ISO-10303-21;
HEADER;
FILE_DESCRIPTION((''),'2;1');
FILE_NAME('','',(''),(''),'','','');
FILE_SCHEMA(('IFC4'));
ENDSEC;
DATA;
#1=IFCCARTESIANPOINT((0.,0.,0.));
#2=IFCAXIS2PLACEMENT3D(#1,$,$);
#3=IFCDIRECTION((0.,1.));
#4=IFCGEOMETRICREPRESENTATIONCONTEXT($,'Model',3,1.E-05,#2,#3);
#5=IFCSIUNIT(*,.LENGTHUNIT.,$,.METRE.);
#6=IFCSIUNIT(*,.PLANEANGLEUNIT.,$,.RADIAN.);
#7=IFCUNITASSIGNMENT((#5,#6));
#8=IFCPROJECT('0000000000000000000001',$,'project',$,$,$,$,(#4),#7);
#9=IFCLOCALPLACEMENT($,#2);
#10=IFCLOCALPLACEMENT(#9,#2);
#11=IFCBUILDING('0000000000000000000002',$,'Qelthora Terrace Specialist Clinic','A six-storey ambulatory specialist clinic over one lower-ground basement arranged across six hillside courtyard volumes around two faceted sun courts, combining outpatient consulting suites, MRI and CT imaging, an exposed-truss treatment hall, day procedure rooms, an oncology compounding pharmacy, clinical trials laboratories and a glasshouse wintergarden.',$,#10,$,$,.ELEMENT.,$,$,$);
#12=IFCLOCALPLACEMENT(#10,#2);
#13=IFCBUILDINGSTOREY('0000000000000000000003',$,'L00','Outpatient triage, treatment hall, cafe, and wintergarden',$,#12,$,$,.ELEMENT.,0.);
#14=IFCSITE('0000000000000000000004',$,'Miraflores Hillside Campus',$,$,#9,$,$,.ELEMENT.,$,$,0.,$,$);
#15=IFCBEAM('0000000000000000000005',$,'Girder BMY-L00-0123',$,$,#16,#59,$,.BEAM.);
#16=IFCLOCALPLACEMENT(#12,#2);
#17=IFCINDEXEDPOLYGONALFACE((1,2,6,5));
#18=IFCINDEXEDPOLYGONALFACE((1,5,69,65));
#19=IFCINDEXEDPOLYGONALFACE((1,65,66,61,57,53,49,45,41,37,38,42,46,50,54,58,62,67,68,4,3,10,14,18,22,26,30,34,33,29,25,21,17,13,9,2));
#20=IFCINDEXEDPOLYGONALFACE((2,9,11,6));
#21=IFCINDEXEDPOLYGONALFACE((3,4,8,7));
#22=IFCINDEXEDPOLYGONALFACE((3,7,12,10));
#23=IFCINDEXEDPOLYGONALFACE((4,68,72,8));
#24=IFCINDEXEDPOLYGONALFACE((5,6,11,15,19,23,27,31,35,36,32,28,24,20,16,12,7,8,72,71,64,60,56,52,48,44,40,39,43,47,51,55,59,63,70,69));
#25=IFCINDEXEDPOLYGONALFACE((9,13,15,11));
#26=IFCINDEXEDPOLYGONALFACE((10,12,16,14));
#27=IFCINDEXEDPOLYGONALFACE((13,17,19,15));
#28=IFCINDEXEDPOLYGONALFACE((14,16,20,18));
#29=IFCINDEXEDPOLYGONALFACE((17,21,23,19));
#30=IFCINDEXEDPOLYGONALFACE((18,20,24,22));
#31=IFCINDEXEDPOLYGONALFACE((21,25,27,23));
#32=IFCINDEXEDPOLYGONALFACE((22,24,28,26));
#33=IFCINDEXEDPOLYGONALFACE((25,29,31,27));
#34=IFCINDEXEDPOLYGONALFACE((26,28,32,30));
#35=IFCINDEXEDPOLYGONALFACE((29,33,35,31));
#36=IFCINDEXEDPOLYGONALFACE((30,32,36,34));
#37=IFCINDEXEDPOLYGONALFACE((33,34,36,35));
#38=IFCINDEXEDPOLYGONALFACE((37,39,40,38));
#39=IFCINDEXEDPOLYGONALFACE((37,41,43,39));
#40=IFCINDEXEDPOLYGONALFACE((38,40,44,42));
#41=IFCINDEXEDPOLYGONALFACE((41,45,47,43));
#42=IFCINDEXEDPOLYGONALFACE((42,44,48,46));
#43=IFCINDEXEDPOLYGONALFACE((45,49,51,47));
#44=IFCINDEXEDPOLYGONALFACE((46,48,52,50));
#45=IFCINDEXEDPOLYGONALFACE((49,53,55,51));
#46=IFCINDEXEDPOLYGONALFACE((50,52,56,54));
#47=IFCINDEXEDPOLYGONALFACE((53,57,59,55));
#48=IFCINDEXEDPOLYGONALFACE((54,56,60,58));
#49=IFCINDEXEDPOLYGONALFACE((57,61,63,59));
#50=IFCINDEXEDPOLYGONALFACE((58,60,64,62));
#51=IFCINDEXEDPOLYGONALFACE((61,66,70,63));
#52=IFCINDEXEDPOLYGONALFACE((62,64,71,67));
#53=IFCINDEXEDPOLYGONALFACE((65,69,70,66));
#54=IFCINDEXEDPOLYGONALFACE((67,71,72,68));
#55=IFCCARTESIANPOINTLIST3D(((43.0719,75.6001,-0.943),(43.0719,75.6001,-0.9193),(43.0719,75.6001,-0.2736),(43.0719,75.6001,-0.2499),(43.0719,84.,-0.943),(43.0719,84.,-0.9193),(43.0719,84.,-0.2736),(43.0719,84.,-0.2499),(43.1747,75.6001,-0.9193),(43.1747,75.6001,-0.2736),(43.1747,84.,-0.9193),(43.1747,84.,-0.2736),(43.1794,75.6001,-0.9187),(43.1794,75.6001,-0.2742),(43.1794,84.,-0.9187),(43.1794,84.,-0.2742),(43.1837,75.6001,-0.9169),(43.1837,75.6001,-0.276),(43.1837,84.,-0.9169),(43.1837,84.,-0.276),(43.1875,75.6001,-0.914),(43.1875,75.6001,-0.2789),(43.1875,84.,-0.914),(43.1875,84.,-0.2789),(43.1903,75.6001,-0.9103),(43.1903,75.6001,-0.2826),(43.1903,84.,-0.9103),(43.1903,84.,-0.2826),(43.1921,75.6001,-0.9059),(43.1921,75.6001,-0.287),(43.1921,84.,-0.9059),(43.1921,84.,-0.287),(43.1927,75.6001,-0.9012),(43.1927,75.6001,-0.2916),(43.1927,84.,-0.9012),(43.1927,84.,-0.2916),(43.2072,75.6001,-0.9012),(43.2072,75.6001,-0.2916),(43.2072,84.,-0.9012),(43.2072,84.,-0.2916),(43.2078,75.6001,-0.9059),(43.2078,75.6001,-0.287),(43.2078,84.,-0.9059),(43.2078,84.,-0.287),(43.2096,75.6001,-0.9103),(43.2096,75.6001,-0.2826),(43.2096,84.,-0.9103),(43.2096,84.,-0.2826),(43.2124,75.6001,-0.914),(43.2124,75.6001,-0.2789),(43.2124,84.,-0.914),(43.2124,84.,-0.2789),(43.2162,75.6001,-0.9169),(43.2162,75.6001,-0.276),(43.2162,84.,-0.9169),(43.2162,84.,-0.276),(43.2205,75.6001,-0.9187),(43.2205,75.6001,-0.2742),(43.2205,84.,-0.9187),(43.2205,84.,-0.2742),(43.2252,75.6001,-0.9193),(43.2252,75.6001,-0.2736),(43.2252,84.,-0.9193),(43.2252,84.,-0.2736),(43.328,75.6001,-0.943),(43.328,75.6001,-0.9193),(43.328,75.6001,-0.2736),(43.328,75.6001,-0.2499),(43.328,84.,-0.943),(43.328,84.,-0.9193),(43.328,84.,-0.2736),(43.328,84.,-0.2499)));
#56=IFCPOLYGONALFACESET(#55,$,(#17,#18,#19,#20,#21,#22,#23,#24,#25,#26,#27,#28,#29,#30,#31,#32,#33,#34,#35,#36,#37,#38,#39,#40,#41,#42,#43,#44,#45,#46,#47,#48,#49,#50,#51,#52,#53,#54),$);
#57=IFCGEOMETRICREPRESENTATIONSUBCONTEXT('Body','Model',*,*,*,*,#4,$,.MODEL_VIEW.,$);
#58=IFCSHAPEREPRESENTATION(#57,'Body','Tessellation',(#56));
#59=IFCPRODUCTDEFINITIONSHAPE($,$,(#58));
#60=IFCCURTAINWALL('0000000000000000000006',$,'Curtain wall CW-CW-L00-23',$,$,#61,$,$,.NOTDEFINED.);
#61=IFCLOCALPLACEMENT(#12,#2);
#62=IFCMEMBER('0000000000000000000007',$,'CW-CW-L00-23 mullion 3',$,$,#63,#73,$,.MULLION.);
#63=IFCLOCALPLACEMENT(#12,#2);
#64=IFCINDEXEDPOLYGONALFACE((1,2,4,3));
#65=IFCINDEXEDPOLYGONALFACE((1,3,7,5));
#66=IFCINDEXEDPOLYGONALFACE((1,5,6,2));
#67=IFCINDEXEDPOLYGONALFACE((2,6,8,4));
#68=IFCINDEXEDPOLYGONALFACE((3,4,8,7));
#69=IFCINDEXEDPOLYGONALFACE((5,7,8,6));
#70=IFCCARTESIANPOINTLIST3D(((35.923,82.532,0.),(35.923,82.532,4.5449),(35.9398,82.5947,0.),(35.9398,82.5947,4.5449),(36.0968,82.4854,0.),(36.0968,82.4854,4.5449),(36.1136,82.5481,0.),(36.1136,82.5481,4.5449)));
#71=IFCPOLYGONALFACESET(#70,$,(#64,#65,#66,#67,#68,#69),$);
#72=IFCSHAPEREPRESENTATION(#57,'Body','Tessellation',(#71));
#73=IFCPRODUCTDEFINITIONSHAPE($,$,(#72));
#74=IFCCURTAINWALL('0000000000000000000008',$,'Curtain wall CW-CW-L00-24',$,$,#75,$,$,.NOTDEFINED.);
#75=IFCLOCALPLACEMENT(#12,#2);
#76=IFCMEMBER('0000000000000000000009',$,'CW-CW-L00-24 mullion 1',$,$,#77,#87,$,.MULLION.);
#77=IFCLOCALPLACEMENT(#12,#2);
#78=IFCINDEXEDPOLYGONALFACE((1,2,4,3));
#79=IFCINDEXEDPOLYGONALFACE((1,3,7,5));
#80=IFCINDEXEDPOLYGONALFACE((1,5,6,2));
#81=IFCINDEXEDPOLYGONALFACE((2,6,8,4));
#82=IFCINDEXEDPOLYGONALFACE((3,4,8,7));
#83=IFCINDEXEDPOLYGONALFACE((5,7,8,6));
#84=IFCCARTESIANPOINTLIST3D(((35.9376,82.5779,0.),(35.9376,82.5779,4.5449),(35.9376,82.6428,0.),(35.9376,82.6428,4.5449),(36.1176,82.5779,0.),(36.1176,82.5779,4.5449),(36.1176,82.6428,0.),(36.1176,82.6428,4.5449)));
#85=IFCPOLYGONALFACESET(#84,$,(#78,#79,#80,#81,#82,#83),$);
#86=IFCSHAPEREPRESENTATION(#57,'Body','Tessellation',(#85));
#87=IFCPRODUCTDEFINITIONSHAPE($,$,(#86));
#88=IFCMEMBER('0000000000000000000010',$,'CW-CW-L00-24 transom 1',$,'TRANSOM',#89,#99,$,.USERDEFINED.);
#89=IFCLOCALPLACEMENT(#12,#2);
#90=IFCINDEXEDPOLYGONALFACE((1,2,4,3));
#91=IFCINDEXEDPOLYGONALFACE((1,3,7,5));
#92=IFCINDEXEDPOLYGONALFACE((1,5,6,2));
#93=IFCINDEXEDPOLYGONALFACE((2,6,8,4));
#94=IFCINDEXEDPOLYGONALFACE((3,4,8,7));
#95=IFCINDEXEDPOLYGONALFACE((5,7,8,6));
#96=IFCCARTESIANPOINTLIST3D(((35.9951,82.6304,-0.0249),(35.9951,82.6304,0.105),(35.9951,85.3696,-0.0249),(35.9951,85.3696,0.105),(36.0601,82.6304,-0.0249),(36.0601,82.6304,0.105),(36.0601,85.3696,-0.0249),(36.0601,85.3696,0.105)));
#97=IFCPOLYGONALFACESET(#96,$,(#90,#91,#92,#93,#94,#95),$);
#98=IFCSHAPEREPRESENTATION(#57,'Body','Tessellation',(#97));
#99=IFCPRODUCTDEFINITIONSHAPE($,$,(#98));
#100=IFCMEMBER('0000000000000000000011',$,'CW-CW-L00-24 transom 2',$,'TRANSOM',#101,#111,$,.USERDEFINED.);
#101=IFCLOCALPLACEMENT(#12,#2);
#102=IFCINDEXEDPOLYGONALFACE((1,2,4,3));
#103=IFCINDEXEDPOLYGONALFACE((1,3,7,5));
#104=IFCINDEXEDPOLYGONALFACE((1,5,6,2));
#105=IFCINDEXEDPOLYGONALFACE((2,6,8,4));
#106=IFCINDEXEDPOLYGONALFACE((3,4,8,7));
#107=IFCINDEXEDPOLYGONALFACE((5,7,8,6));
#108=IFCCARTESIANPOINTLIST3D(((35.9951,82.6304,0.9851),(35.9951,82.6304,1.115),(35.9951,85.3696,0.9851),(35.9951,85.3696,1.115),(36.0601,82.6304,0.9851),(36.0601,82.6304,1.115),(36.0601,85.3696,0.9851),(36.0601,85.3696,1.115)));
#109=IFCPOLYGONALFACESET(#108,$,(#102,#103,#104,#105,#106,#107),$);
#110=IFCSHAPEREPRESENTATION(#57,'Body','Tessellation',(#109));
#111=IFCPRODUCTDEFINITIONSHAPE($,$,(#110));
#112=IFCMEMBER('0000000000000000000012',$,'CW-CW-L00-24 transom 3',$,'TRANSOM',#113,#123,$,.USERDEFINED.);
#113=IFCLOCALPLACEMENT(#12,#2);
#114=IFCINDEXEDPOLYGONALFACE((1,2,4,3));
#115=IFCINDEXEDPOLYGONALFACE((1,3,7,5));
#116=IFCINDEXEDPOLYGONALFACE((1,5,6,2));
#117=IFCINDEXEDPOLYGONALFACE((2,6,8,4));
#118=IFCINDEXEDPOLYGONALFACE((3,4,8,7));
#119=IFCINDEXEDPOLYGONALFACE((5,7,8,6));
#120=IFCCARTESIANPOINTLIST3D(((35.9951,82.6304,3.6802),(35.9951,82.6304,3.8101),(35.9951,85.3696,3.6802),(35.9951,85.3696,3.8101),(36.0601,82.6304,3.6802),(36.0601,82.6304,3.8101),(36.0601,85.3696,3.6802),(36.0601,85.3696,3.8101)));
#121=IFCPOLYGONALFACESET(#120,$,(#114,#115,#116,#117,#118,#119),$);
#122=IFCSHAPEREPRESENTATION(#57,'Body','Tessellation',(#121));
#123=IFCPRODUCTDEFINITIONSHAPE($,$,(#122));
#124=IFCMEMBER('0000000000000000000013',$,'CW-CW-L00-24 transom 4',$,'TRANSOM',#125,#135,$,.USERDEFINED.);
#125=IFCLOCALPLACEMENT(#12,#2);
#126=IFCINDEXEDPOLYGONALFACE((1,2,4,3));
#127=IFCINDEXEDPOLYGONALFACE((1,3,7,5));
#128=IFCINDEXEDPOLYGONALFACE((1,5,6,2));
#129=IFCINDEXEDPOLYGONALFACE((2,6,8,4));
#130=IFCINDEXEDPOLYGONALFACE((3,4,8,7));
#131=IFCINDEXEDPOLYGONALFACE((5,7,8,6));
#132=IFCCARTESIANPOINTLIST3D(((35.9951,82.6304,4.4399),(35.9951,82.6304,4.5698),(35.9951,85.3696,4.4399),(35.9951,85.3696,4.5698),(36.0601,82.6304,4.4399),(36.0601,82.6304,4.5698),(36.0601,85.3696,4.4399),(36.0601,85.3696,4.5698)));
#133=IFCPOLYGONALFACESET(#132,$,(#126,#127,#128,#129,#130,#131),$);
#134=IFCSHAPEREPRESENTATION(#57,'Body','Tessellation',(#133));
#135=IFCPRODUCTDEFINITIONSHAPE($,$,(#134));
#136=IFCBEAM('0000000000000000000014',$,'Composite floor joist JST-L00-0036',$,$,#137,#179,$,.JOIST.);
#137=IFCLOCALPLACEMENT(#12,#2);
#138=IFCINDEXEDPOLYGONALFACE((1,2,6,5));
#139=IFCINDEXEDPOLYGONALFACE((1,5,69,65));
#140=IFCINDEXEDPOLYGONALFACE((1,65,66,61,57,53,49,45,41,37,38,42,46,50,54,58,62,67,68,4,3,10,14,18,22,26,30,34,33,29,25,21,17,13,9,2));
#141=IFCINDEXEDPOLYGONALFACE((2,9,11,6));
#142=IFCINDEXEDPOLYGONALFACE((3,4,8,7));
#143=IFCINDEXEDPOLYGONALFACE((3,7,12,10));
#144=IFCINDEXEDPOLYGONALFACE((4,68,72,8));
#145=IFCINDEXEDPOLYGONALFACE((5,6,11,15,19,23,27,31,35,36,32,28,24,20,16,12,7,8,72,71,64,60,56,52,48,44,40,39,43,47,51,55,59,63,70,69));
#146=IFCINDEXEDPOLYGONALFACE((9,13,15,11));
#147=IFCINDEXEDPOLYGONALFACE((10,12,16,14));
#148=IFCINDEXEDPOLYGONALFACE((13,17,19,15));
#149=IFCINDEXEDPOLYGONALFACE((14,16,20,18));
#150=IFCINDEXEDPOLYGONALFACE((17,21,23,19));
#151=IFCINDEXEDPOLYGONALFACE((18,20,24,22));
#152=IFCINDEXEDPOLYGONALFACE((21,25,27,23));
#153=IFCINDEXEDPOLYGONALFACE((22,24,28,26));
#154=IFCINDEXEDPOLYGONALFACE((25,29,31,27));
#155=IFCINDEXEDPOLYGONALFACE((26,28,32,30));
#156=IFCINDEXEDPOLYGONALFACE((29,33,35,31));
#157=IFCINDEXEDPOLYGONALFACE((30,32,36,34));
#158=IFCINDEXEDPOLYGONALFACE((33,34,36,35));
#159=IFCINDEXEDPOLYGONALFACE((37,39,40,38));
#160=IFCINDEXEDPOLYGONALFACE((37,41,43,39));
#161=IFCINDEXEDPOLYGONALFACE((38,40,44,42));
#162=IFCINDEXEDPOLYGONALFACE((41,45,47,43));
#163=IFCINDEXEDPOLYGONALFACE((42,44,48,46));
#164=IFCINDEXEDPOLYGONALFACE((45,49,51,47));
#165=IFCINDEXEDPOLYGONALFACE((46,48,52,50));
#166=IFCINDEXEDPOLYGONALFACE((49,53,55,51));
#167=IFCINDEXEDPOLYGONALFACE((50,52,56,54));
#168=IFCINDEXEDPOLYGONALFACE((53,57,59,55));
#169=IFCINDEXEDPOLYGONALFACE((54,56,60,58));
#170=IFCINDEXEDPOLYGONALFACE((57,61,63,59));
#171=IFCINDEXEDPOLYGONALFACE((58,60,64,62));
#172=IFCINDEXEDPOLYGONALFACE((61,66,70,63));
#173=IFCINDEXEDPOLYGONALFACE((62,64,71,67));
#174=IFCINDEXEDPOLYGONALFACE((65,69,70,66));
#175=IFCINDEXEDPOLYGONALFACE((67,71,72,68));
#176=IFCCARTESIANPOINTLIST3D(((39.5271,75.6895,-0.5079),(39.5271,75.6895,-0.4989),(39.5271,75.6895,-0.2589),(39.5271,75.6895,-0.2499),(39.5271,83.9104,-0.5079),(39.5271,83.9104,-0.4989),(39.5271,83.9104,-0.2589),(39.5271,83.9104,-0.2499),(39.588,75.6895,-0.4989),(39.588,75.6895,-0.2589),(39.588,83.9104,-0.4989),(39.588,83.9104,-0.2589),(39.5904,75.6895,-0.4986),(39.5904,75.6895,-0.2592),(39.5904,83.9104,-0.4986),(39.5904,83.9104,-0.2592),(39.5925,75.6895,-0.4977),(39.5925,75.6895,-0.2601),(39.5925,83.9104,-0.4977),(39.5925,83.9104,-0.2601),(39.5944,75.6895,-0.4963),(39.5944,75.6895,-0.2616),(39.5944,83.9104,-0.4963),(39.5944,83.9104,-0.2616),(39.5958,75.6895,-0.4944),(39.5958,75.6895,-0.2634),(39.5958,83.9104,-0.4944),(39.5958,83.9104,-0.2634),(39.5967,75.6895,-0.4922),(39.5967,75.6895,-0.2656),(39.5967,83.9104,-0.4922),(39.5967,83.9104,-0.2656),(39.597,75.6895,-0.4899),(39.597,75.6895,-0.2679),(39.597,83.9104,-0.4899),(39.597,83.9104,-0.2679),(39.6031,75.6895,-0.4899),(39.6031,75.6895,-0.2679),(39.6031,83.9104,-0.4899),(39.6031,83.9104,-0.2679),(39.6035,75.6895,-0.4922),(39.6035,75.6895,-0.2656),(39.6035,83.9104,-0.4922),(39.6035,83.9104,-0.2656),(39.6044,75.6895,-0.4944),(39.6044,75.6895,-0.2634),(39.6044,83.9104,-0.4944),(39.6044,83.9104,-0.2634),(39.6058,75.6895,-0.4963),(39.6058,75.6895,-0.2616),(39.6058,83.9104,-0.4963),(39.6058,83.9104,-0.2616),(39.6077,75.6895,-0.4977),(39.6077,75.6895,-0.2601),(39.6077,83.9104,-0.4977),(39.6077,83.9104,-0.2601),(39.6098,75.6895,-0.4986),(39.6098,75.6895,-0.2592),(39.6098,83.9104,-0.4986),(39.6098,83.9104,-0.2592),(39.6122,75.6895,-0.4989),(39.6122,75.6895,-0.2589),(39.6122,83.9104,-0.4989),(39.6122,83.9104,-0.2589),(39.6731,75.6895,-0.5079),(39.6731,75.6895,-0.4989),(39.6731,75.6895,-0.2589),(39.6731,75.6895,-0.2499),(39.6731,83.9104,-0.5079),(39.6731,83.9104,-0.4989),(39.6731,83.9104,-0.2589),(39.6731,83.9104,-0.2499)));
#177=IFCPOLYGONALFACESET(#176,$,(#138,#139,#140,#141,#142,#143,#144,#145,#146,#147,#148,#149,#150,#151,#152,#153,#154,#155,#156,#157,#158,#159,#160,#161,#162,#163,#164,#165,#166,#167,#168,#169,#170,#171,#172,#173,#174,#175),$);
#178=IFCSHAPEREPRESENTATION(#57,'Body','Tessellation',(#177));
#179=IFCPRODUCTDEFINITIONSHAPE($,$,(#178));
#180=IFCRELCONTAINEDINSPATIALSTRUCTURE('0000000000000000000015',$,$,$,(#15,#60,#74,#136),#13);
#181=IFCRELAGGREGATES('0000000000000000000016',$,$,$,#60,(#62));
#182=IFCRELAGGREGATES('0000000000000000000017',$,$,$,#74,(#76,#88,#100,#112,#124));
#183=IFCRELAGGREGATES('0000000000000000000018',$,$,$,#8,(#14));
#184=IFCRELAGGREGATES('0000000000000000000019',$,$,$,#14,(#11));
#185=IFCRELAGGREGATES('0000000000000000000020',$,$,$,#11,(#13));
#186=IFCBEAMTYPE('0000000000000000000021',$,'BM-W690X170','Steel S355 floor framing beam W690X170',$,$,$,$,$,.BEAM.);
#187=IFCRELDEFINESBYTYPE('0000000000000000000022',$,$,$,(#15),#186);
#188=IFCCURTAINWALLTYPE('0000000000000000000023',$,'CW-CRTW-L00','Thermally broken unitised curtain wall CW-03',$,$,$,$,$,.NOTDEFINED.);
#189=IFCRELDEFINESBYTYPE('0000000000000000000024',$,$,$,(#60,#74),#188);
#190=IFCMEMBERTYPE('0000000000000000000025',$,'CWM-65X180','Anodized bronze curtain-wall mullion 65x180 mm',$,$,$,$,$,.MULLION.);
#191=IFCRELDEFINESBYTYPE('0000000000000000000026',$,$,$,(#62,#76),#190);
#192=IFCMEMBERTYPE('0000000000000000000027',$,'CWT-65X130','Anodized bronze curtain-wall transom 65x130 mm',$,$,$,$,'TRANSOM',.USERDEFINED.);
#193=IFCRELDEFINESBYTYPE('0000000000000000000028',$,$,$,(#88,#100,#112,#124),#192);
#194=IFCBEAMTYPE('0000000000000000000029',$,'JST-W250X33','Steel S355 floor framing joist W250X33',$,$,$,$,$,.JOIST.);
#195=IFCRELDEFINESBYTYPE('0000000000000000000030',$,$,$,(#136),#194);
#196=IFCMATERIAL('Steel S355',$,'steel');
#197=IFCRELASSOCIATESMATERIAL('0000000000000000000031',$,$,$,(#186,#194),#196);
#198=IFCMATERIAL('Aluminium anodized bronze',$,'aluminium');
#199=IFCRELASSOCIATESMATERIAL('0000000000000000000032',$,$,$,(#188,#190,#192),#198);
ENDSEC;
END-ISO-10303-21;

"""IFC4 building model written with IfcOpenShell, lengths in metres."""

from ifc_helpers import new_model, si_unit, direction, frame, origin, origin_2d, place, context, subcontext, project, spatial, rectangle, i_section, extrude, material, material_profile, profile_set, type_object, element, aggregate, save


model = new_model("IFC4")

# Units and contexts
model_context = context("Model", 3, precision=1e-05, world=origin(), true_north=direction((0.0, 1.0)))
body_context = subcontext(model_context, "Body", "Model", "MODEL_VIEW")
ifc_project = project(units=[si_unit("LENGTHUNIT", "METRE"), si_unit("PLANEANGLEUNIT", "RADIAN")], contexts=[model_context])

# Site, building, storey
site_placement = place(None, origin())
site = spatial("IfcSite", under=ifc_project, at=site_placement, Name="Miraflores Hillside Campus", CompositionType="ELEMENT", RefElevation=0.0)
building_placement = place(site_placement, origin())
building = spatial("IfcBuilding", under=site, at=building_placement, Name="Qelthora Terrace Specialist Clinic", Description="A six-storey ambulatory specialist clinic over one lower-ground basement arranged across six hillside courtyard volumes around two faceted sun courts, combining outpatient consulting suites, MRI and CT imaging, an exposed-truss treatment hall, day procedure rooms, an oncology compounding pharmacy, clinical trials laboratories and a glasshouse wintergarden.", CompositionType="ELEMENT")
storey_placement = place(building_placement, origin())
storey = spatial("IfcBuildingStorey", under=building, at=storey_placement, Name="L00", Description="Outpatient triage, treatment hall, cafe, and wintergarden", CompositionType="ELEMENT", Elevation=0.0)

# Shared definitions
ifc_material_1 = material(Name="Steel S355", Category="steel")

# Beam
ifc_material_profile_1 = material_profile(ifc_material_1, i_section(OverallWidth=0.2561, OverallDepth=0.6931, WebThickness=0.0144, FlangeThickness=0.0237, FilletRadius=0.0181, at=origin_2d()), Name="W690X170")
ifc_profile_set_1 = profile_set([ifc_material_profile_1], Name="Steel S355")
beam_type_1 = type_object("IfcBeamType", Name="BM-W690X170", Description="Steel S355 floor framing beam W690X170", PredefinedType="BEAM", material=ifc_profile_set_1)
beam_1_placement = place(storey_placement, frame((43.2, 75.6001, -0.5964), z_axis=(0.0, 1.0, 0.0), x_axis=(-1.0, 0.0, 0.0)))
element("IfcBeam", 1, at=beam_1_placement, inside=storey, type_object=beam_type_1, Name="Girder BMY-L00-0123", PredefinedType="BEAM", context=body_context, shape_type="SweptSolid", body=[
    extrude(i_section(OverallWidth=0.2561, OverallDepth=0.6931, WebThickness=0.0144, FlangeThickness=0.0237, FilletRadius=0.0181, at=origin_2d()), origin(), (0.0, 0.0, 1.0), 8.3999),
])

# Curtain wall, member
ifc_material_2 = material(Name="Aluminium anodized bronze", Category="aluminium")
curtain_wall_type = type_object("IfcCurtainWallType", Name="CW-CRTW-L00", Description="Thermally broken unitised curtain wall CW-03", PredefinedType="NOTDEFINED", material=ifc_material_2)
curtain_wall_1_placement = place(storey_placement, origin())
curtain_wall_1 = element("IfcCurtainWall", 2, at=curtain_wall_1_placement, inside=storey, type_object=curtain_wall_type, Name="Curtain wall CW-CW-L00-23", PredefinedType="NOTDEFINED")
ifc_material_profile_2 = material_profile(ifc_material_2, rectangle(XDim=0.0649, YDim=0.1799, at=origin_2d()), Name="CWM65X180")
ifc_profile_set_2 = profile_set([ifc_material_profile_2], Name="Aluminium anodized bronze")
member_type_1 = type_object("IfcMemberType", Name="CWM-65X180", Description="Anodized bronze curtain-wall mullion 65x180 mm", PredefinedType="MULLION", material=ifc_profile_set_2)
member_1_placement = place(storey_placement, frame((36.0183, 82.54, 0.0), z_axis=(0.0, 0.0, 1.0), x_axis=(0.25882, 0.965925, 0.0)))
member_1 = element("IfcMember", 3, at=member_1_placement, type_object=member_type_1, Name="CW-CW-L00-23 mullion 3", PredefinedType="MULLION", context=body_context, shape_type="SweptSolid", body=[
    extrude(rectangle(XDim=0.0649, YDim=0.1799, at=origin_2d()), origin(), (0.0, 0.0, 1.0), 4.5449),
])

# Curtain wall, members
curtain_wall_2_placement = place(storey_placement, origin())
curtain_wall_2 = element("IfcCurtainWall", 4, at=curtain_wall_2_placement, inside=storey, type_object=curtain_wall_type, Name="Curtain wall CW-CW-L00-24", PredefinedType="NOTDEFINED")
member_2_placement = place(storey_placement, frame((36.0276, 82.6104, 0.0), z_axis=(0.0, 0.0, 1.0), x_axis=(0.0, 1.0, 0.0)))
member_2 = element("IfcMember", 5, at=member_2_placement, type_object=member_type_1, Name="CW-CW-L00-24 mullion 1", PredefinedType="MULLION", context=body_context, shape_type="SweptSolid", body=[
    extrude(rectangle(XDim=0.0649, YDim=0.1799, at=origin_2d()), origin(), (0.0, 0.0, 1.0), 4.5449),
])
ifc_material_profile_3 = material_profile(ifc_material_2, rectangle(XDim=0.0649, YDim=0.1299, at=origin_2d()), Name="CWT65X130")
ifc_profile_set_3 = profile_set([ifc_material_profile_3], Name="Aluminium anodized bronze")
member_type_2 = type_object("IfcMemberType", Name="CWT-65X130", Description="Anodized bronze curtain-wall transom 65x130 mm", ElementType="TRANSOM", PredefinedType="USERDEFINED", material=ifc_profile_set_3)
member_3_placement = place(storey_placement, frame((36.0276, 82.6304, 0.04), z_axis=(0.0, 1.0, 0.0), x_axis=(-1.0, 0.0, 0.0)))
member_3 = element("IfcMember", 6, at=member_3_placement, type_object=member_type_2, Name="CW-CW-L00-24 transom 1", ObjectType="TRANSOM", PredefinedType="USERDEFINED", context=body_context, shape_type="SweptSolid", body=[
    extrude(rectangle(XDim=0.0649, YDim=0.1299, at=origin_2d()), origin(), (0.0, 0.0, 1.0), 2.7393),
])
member_4_placement = place(storey_placement, frame((36.0276, 82.6304, 1.05), z_axis=(0.0, 1.0, 0.0), x_axis=(-1.0, 0.0, 0.0)))
member_4 = element("IfcMember", 7, at=member_4_placement, type_object=member_type_2, Name="CW-CW-L00-24 transom 2", ObjectType="TRANSOM", PredefinedType="USERDEFINED", context=body_context, shape_type="SweptSolid", body=[
    extrude(rectangle(XDim=0.0649, YDim=0.1299, at=origin_2d()), origin(), (0.0, 0.0, 1.0), 2.7393),
])
member_5_placement = place(storey_placement, frame((36.0276, 82.6304, 3.7451), z_axis=(0.0, 1.0, 0.0), x_axis=(-1.0, 0.0, 0.0)))
member_5 = element("IfcMember", 8, at=member_5_placement, type_object=member_type_2, Name="CW-CW-L00-24 transom 3", ObjectType="TRANSOM", PredefinedType="USERDEFINED", context=body_context, shape_type="SweptSolid", body=[
    extrude(rectangle(XDim=0.0649, YDim=0.1299, at=origin_2d()), origin(), (0.0, 0.0, 1.0), 2.7393),
])
member_6_placement = place(storey_placement, frame((36.0276, 82.6304, 4.5049), z_axis=(0.0, 1.0, 0.0), x_axis=(-1.0, 0.0, 0.0)))
member_6 = element("IfcMember", 9, at=member_6_placement, type_object=member_type_2, Name="CW-CW-L00-24 transom 4", ObjectType="TRANSOM", PredefinedType="USERDEFINED", context=body_context, shape_type="SweptSolid", body=[
    extrude(rectangle(XDim=0.0649, YDim=0.1299, at=origin_2d()), origin(), (0.0, 0.0, 1.0), 2.7393),
])

# Beam
ifc_material_profile_4 = material_profile(ifc_material_1, i_section(OverallWidth=0.146, OverallDepth=0.2581, WebThickness=0.0061, FlangeThickness=0.009, FilletRadius=0.009, at=origin_2d()), Name="W250X33")
ifc_profile_set_4 = profile_set([ifc_material_profile_4], Name="Steel S355")
beam_type_2 = type_object("IfcBeamType", Name="JST-W250X33", Description="Steel S355 floor framing joist W250X33", PredefinedType="JOIST", material=ifc_profile_set_4)
beam_2_placement = place(storey_placement, frame((39.6001, 75.6895, -0.3789), z_axis=(0.0, 1.0, 0.0), x_axis=(-1.0, 0.0, 0.0)))
element("IfcBeam", 10, at=beam_2_placement, inside=storey, type_object=beam_type_2, Name="Composite floor joist JST-L00-0036", PredefinedType="JOIST", context=body_context, shape_type="SweptSolid", body=[
    extrude(i_section(OverallWidth=0.146, OverallDepth=0.2581, WebThickness=0.0061, FlangeThickness=0.009, FilletRadius=0.009, at=origin_2d()), origin(), (0.0, 0.0, 1.0), 8.2209),
])

aggregate(curtain_wall_1, [member_1])
aggregate(curtain_wall_2, [member_2, member_3, member_4, member_5, member_6])

save(model, "model.ifc")
